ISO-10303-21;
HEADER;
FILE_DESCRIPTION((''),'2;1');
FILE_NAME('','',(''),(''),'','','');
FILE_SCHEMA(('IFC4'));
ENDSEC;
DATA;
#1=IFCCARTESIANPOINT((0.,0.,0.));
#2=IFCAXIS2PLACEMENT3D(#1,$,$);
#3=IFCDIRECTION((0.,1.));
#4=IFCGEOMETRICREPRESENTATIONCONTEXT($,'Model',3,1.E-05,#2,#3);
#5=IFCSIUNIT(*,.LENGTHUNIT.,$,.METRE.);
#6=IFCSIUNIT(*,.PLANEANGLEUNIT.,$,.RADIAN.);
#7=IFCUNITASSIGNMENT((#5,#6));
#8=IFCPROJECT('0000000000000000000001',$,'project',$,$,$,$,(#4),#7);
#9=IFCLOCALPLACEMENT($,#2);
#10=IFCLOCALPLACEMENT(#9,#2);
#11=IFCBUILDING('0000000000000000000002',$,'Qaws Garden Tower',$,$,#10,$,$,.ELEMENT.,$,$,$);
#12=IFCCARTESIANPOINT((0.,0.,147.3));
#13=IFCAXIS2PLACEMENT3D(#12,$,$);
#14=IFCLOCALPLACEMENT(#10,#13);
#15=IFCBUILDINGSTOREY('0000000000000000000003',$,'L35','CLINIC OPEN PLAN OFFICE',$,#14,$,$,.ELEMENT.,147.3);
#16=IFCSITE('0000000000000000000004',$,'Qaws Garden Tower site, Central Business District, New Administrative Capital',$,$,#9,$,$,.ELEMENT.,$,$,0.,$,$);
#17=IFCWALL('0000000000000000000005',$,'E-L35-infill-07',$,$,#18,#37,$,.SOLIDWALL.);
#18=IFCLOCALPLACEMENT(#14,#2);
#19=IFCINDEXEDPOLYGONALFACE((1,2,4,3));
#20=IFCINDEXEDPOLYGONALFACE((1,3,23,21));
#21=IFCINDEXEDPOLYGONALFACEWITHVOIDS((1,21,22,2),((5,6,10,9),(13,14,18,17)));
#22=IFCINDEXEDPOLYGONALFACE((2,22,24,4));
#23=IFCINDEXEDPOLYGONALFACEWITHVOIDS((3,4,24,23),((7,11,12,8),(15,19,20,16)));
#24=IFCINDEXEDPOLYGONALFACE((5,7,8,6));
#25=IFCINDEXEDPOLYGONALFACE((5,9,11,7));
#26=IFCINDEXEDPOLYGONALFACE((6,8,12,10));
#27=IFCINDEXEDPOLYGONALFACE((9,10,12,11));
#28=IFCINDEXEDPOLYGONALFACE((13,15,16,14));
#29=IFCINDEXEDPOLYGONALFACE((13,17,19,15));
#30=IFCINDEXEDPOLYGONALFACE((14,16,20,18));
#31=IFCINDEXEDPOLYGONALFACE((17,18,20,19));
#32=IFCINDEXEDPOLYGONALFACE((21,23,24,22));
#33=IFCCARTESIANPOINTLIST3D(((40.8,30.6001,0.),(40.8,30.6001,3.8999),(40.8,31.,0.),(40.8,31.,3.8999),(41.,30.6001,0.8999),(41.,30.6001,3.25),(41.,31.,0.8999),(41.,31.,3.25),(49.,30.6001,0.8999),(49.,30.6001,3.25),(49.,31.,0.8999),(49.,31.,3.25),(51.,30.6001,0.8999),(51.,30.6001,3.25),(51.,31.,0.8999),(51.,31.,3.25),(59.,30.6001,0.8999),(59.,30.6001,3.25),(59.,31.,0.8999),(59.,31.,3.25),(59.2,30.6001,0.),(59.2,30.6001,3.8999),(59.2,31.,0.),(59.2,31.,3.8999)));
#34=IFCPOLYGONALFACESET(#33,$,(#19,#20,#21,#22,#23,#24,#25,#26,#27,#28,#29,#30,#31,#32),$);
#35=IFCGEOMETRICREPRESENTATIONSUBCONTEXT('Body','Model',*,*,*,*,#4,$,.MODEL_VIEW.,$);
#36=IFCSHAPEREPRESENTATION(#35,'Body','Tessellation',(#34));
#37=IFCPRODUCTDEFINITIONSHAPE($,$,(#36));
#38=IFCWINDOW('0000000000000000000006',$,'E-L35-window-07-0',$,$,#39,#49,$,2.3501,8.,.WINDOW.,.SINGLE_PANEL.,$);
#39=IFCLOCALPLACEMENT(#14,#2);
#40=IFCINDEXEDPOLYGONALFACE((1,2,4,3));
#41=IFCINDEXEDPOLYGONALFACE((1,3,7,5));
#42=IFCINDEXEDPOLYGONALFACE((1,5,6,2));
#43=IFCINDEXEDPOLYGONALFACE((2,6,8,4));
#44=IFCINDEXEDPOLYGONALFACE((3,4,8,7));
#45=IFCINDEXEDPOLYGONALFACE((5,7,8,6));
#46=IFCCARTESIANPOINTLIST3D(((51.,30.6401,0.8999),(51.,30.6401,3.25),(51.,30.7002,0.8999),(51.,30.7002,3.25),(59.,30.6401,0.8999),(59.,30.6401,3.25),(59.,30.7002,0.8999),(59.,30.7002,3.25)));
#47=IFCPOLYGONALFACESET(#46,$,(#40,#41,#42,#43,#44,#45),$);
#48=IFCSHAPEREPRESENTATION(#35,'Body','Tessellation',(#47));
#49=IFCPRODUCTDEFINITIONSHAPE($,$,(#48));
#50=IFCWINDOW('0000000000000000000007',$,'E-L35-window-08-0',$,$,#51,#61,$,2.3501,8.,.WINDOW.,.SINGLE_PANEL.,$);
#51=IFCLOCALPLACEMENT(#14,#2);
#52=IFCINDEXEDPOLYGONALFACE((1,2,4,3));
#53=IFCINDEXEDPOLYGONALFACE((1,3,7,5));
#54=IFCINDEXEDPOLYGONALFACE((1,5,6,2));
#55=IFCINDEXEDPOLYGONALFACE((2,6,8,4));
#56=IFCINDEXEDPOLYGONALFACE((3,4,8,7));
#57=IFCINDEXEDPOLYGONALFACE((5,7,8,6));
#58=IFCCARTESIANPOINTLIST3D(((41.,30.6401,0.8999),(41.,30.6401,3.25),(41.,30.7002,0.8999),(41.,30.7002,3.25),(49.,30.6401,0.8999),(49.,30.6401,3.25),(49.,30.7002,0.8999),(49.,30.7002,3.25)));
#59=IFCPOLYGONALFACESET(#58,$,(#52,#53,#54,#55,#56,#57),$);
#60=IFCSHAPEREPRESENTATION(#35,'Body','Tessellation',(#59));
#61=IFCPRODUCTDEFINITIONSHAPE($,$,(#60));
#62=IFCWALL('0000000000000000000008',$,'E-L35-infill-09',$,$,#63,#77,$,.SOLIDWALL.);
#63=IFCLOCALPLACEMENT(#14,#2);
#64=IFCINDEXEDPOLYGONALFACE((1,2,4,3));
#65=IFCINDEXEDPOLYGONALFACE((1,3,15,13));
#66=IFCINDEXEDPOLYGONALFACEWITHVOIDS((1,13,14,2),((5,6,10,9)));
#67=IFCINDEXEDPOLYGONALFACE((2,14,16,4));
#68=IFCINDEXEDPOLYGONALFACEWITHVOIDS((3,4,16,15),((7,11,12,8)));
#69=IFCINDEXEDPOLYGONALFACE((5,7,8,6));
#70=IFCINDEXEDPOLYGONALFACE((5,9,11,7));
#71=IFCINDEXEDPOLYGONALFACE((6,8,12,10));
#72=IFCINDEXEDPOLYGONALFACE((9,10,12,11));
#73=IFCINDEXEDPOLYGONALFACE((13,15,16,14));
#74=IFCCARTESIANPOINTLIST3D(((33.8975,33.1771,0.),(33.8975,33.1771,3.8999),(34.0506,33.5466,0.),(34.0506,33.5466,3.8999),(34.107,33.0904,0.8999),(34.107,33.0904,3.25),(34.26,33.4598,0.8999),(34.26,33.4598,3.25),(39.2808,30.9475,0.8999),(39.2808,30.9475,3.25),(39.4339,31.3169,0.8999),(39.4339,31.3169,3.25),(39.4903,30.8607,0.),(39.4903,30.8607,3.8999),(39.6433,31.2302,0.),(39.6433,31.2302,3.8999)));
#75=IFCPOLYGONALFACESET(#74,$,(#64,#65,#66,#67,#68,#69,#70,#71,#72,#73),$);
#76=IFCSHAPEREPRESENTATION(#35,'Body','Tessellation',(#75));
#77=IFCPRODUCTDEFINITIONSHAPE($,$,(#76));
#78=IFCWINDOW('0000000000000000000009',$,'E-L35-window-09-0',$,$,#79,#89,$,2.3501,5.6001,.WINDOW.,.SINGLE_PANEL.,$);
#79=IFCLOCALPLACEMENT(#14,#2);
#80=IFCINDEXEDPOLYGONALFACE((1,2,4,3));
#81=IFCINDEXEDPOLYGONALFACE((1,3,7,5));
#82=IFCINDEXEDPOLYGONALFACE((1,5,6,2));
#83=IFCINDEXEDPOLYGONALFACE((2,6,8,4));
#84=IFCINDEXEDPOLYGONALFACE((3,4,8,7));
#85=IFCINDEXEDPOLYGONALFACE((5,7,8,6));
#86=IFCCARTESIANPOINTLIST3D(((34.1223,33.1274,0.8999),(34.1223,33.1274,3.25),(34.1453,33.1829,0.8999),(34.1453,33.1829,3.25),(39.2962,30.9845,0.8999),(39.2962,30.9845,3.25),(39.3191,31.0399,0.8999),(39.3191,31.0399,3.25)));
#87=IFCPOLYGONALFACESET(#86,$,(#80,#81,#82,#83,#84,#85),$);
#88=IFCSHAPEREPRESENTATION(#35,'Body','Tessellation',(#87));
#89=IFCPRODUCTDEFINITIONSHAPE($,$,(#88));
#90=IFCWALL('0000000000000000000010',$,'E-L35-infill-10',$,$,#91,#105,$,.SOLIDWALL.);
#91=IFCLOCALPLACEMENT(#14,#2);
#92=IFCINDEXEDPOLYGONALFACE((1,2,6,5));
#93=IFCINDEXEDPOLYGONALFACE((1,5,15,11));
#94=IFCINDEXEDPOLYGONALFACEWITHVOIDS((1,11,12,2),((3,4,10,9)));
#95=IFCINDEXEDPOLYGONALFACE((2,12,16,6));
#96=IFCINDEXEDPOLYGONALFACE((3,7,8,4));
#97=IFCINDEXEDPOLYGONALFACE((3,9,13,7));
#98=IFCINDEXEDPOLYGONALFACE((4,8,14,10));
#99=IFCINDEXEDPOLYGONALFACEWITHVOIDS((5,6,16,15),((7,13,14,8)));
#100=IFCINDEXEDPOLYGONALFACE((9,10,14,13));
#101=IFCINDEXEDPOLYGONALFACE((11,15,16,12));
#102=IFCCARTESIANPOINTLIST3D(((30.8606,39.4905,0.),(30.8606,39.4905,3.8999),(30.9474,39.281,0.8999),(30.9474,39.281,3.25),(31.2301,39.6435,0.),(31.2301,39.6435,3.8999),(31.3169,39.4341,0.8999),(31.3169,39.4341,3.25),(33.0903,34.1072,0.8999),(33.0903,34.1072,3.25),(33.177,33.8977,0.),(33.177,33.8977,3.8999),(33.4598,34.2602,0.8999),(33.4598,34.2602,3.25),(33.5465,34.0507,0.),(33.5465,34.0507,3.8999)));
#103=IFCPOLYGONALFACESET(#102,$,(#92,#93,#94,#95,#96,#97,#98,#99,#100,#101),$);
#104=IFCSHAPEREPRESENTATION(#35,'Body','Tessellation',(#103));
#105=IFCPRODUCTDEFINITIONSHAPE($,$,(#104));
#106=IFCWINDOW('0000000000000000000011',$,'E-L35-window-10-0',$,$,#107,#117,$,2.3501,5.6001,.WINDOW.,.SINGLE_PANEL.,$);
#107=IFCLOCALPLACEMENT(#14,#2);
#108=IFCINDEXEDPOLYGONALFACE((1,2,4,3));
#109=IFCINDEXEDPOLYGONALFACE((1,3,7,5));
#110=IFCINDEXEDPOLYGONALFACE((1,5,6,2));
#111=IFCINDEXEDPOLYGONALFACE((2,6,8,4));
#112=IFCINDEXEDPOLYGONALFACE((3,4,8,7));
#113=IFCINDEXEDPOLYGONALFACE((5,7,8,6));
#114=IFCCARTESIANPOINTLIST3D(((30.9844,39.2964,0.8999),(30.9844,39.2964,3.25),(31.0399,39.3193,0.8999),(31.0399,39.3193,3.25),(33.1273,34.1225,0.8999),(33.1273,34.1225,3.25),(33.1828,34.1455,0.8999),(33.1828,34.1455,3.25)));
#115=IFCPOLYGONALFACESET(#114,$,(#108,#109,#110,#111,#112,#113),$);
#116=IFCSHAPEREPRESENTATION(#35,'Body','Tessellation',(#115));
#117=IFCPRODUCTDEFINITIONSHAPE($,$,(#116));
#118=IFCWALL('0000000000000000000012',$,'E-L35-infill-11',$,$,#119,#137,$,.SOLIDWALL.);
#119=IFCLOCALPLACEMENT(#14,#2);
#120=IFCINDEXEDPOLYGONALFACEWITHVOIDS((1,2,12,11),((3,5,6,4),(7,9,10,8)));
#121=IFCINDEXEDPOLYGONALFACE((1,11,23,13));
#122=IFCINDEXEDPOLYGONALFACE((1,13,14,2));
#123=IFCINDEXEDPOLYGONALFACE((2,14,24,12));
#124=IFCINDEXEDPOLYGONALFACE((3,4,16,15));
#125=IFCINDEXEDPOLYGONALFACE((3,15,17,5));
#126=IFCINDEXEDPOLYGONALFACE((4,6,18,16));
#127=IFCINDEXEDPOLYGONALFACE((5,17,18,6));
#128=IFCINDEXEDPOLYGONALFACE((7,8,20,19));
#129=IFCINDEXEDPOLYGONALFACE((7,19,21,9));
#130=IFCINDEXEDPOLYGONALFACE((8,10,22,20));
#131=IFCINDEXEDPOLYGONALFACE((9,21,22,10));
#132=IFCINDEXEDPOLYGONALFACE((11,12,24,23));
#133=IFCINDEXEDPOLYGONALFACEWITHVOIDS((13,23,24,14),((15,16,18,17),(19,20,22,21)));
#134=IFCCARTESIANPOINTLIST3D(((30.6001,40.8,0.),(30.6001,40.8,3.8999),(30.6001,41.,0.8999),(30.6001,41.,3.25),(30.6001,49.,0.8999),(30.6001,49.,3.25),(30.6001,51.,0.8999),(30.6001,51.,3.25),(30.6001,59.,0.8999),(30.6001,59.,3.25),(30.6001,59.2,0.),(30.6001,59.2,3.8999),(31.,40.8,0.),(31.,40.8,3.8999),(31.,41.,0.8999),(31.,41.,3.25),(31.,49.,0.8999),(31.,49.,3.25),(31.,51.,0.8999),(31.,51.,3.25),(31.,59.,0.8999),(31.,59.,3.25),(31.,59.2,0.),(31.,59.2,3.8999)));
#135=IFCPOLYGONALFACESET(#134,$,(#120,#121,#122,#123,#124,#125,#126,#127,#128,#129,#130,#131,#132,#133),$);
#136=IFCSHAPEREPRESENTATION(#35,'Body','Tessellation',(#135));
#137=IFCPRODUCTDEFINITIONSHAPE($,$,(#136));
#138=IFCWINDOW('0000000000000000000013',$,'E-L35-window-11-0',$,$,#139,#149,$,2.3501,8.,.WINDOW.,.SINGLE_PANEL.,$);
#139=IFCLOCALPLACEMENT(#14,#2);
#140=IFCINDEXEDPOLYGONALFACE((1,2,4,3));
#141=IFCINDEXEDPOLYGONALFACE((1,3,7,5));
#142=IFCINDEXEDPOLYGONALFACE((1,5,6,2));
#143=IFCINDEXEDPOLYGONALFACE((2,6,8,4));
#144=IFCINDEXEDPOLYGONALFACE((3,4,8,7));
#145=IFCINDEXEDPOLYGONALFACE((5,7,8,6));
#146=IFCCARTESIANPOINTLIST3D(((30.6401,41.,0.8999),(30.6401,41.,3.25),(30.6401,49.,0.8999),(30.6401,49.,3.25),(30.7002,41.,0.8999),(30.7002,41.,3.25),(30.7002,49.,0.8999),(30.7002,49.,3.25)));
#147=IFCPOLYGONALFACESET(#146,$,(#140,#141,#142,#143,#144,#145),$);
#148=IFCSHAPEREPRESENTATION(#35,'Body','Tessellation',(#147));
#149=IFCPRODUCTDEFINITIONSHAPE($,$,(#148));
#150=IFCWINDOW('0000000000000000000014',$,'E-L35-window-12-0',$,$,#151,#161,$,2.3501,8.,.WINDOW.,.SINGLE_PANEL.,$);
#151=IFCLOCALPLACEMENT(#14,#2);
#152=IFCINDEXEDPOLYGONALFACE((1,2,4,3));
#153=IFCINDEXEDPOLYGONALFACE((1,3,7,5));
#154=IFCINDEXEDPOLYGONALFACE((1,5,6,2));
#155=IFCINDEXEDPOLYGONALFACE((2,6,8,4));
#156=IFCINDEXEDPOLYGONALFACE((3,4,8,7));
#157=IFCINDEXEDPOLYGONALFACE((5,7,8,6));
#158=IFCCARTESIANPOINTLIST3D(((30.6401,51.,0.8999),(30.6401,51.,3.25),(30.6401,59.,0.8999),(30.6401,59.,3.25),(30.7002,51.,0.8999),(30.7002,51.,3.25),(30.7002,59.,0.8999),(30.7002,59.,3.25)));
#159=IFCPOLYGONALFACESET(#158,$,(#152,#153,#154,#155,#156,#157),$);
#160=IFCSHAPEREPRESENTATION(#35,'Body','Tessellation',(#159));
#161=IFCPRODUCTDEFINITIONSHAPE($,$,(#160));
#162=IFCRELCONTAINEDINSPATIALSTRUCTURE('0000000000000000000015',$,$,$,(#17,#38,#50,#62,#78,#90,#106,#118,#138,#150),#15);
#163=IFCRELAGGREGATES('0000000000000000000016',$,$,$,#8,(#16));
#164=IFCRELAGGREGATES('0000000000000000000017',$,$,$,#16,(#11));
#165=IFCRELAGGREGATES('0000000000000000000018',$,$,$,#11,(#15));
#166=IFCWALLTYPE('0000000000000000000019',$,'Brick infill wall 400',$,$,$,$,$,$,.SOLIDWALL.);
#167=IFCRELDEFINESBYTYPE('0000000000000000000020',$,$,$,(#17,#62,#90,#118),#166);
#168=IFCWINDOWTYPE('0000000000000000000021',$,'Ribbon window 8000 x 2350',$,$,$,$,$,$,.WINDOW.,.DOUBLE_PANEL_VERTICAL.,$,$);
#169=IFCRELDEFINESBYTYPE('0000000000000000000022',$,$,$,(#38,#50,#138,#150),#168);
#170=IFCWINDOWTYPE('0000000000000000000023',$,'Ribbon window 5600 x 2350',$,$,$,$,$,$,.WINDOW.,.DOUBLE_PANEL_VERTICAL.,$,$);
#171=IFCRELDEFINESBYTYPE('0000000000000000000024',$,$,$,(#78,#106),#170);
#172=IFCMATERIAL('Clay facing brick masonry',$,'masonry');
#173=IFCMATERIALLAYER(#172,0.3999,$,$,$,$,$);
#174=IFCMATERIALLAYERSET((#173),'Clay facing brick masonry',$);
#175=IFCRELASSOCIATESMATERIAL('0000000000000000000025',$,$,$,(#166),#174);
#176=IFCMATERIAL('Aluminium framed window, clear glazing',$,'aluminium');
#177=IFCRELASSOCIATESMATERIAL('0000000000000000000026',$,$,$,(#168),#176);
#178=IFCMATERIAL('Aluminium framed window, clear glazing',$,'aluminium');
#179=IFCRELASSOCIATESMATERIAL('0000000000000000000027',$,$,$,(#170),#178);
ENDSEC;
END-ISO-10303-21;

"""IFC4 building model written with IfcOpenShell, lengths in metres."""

from ifc_helpers import new_model, si_unit, direction, frame, frame_2d, origin, place, context, subcontext, project, spatial, rectangle, extrude, material, layer, layer_set, type_object, element, fill, save


model = new_model("IFC4")

# Units and contexts
model_context = context("Model", 3, precision=1e-05, world=origin(), true_north=direction((0.0, 1.0)))
body_context = subcontext(model_context, "Body", "Model", "MODEL_VIEW")
ifc_project = project(units=[si_unit("LENGTHUNIT", "METRE"), si_unit("PLANEANGLEUNIT", "RADIAN")], contexts=[model_context])

# Site, building, storey
site_placement = place(None, origin())
site = spatial("IfcSite", under=ifc_project, at=site_placement, Name="Qaws Garden Tower site, Central Business District, New Administrative Capital", CompositionType="ELEMENT", RefElevation=0.0)
building_placement = place(site_placement, origin())
building = spatial("IfcBuilding", under=site, at=building_placement, Name="Qaws Garden Tower", CompositionType="ELEMENT")
storey_placement = place(building_placement, frame((0.0, 0.0, 147.3)))
storey = spatial("IfcBuildingStorey", under=building, at=storey_placement, Name="L35", Description="CLINIC OPEN PLAN OFFICE", CompositionType="ELEMENT", Elevation=147.3)

# Wall, openings, windows
ifc_material_1 = material(Name="Clay facing brick masonry", Category="masonry")
ifc_layer_1 = layer(ifc_material_1, 0.3999)
ifc_layer_set_1 = layer_set([ifc_layer_1], Name="Clay facing brick masonry")
wall_type_1 = type_object("IfcWallType", Name="Brick infill wall 400", PredefinedType="SOLIDWALL", material=ifc_layer_set_1)
wall_1_placement = place(storey_placement, frame((59.2, 30.8, 0.0), z_axis=(0.0, 0.0, 1.0), x_axis=(-1.0, 0.0, 0.0)))
wall_1 = element("IfcWall", 1, at=wall_1_placement, inside=storey, type_object=wall_type_1, Name="E-L35-infill-07", PredefinedType="SOLIDWALL", context=body_context, shape_type="SweptSolid", body=[
    extrude(rectangle(XDim=18.3999, YDim=0.3999, at=frame_2d((9.2, 0.0))), origin(), (0.0, 0.0, 1.0), 3.8999),
])
opening_1_placement = place(wall_1_placement, frame((0.2, 0.0, 0.8999)))
opening_1 = element("IfcOpeningElement", 2, at=opening_1_placement, cuts=wall_1, PredefinedType="OPENING", context=body_context, shape_type="SweptSolid", body=[
    extrude(rectangle(XDim=8.0, YDim=2.3501, at=frame_2d((4.0, 1.175))), frame((0.0, 0.21, 0.0), z_axis=(0.0, -1.0, 0.0), x_axis=(1.0, 0.0, 0.0)), (0.0, 0.0, 1.0), 0.4199),
])
opening_2_placement = place(wall_1_placement, frame((10.2, 0.0, 0.8999)))
opening_2 = element("IfcOpeningElement", 3, at=opening_2_placement, cuts=wall_1, PredefinedType="OPENING", context=body_context, shape_type="SweptSolid", body=[
    extrude(rectangle(XDim=8.0, YDim=2.3501, at=frame_2d((4.0, 1.175))), frame((0.0, 0.21, 0.0), z_axis=(0.0, -1.0, 0.0), x_axis=(1.0, 0.0, 0.0)), (0.0, 0.0, 1.0), 0.4199),
])
ifc_material_2 = material(Name="Aluminium framed window, clear glazing", Category="aluminium")
window_type_1 = type_object("IfcWindowType", Name="Ribbon window 8000 x 2350", PartitioningType="DOUBLE_PANEL_VERTICAL", PredefinedType="WINDOW", material=ifc_material_2)
window_1_placement = place(opening_1_placement, origin())
window_1 = element("IfcWindow", 4, at=window_1_placement, inside=storey, type_object=window_type_1, Name="E-L35-window-07-0", OverallHeight=2.3501, OverallWidth=8.0, PartitioningType="SINGLE_PANEL", PredefinedType="WINDOW", context=body_context, shape_type="SweptSolid", body=[
    extrude(rectangle(XDim=8.0, YDim=2.3501, at=frame_2d((4.0, 1.175))), frame((0.0, 0.1599, 0.0), z_axis=(0.0, -1.0, 0.0), x_axis=(1.0, 0.0, 0.0)), (0.0, 0.0, 1.0), 0.0601),
])
fill(opening_1, window_1)
window_2_placement = place(opening_2_placement, origin())
window_2 = element("IfcWindow", 5, at=window_2_placement, inside=storey, type_object=window_type_1, Name="E-L35-window-08-0", OverallHeight=2.3501, OverallWidth=8.0, PartitioningType="SINGLE_PANEL", PredefinedType="WINDOW", context=body_context, shape_type="SweptSolid", body=[
    extrude(rectangle(XDim=8.0, YDim=2.3501, at=frame_2d((4.0, 1.175))), frame((0.0, 0.1599, 0.0), z_axis=(0.0, -1.0, 0.0), x_axis=(1.0, 0.0, 0.0)), (0.0, 0.0, 1.0), 0.0601),
])
fill(opening_2, window_2)

# Walls, openings, windows
wall_2_placement = place(storey_placement, frame((39.5669, 31.0454, 0.0), z_axis=(0.0, 0.0, 1.0), x_axis=(-0.923891, 0.382656, 0.0)))
wall_2 = element("IfcWall", 6, at=wall_2_placement, inside=storey, type_object=wall_type_1, Name="E-L35-infill-09", PredefinedType="SOLIDWALL", context=body_context, shape_type="SweptSolid", body=[
    extrude(rectangle(XDim=6.0535, YDim=0.3999, at=frame_2d((3.0269, 0.0))), origin(), (0.0, 0.0, 1.0), 3.8999),
])
opening_3_placement = place(wall_2_placement, frame((0.2268, 0.0, 0.8999)))
opening_3 = element("IfcOpeningElement", 7, at=opening_3_placement, cuts=wall_2, PredefinedType="OPENING", context=body_context, shape_type="SweptSolid", body=[
    extrude(rectangle(XDim=5.6001, YDim=2.3501, at=frame_2d((2.8, 1.175))), frame((0.0, 0.21, 0.0), z_axis=(0.0, -1.0, 0.0), x_axis=(1.0, 0.0, 0.0)), (0.0, 0.0, 1.0), 0.4199),
])
ifc_material_3 = material(Name="Aluminium framed window, clear glazing", Category="aluminium")
window_type_2 = type_object("IfcWindowType", Name="Ribbon window 5600 x 2350", PartitioningType="DOUBLE_PANEL_VERTICAL", PredefinedType="WINDOW", material=ifc_material_3)
window_3_placement = place(opening_3_placement, origin())
window_3 = element("IfcWindow", 8, at=window_3_placement, inside=storey, type_object=window_type_2, Name="E-L35-window-09-0", OverallHeight=2.3501, OverallWidth=5.6001, PartitioningType="SINGLE_PANEL", PredefinedType="WINDOW", context=body_context, shape_type="SweptSolid", body=[
    extrude(rectangle(XDim=5.6001, YDim=2.3501, at=frame_2d((2.8, 1.175))), frame((0.0, 0.1599, 0.0), z_axis=(0.0, -1.0, 0.0), x_axis=(1.0, 0.0, 0.0)), (0.0, 0.0, 1.0), 0.0601),
])
fill(opening_3, window_3)
wall_3_placement = place(storey_placement, frame((33.3618, 33.9741, 0.0), z_axis=(0.0, 0.0, 1.0), x_axis=(-0.382656, 0.923891, 0.0)))
wall_3 = element("IfcWall", 9, at=wall_3_placement, inside=storey, type_object=wall_type_1, Name="E-L35-infill-10", PredefinedType="SOLIDWALL", context=body_context, shape_type="SweptSolid", body=[
    extrude(rectangle(XDim=6.0535, YDim=0.3999, at=frame_2d((3.0269, 0.0))), origin(), (0.0, 0.0, 1.0), 3.8999),
])
opening_4_placement = place(wall_3_placement, frame((0.2268, 0.0, 0.8999)))
opening_4 = element("IfcOpeningElement", 10, at=opening_4_placement, cuts=wall_3, PredefinedType="OPENING", context=body_context, shape_type="SweptSolid", body=[
    extrude(rectangle(XDim=5.6001, YDim=2.3501, at=frame_2d((2.8, 1.175))), frame((0.0, 0.21, 0.0), z_axis=(0.0, -1.0, 0.0), x_axis=(1.0, 0.0, 0.0)), (0.0, 0.0, 1.0), 0.4199),
])
window_4_placement = place(opening_4_placement, origin())
window_4 = element("IfcWindow", 11, at=window_4_placement, inside=storey, type_object=window_type_2, Name="E-L35-window-10-0", OverallHeight=2.3501, OverallWidth=5.6001, PartitioningType="SINGLE_PANEL", PredefinedType="WINDOW", context=body_context, shape_type="SweptSolid", body=[
    extrude(rectangle(XDim=5.6001, YDim=2.3501, at=frame_2d((2.8, 1.175))), frame((0.0, 0.1599, 0.0), z_axis=(0.0, -1.0, 0.0), x_axis=(1.0, 0.0, 0.0)), (0.0, 0.0, 1.0), 0.0601),
])
fill(opening_4, window_4)

# Wall, openings, windows
wall_4_placement = place(storey_placement, frame((30.8, 40.8, 0.0), z_axis=(0.0, 0.0, 1.0), x_axis=(0.0, 1.0, 0.0)))
wall_4 = element("IfcWall", 12, at=wall_4_placement, inside=storey, type_object=wall_type_1, Name="E-L35-infill-11", PredefinedType="SOLIDWALL", context=body_context, shape_type="SweptSolid", body=[
    extrude(rectangle(XDim=18.3999, YDim=0.3999, at=frame_2d((9.2, 0.0))), origin(), (0.0, 0.0, 1.0), 3.8999),
])
opening_5_placement = place(wall_4_placement, frame((0.2, 0.0, 0.8999)))
opening_5 = element("IfcOpeningElement", 13, at=opening_5_placement, cuts=wall_4, PredefinedType="OPENING", context=body_context, shape_type="SweptSolid", body=[
    extrude(rectangle(XDim=8.0, YDim=2.3501, at=frame_2d((4.0, 1.175))), frame((0.0, 0.21, 0.0), z_axis=(0.0, -1.0, 0.0), x_axis=(1.0, 0.0, 0.0)), (0.0, 0.0, 1.0), 0.4199),
])
opening_6_placement = place(wall_4_placement, frame((10.2, 0.0, 0.8999)))
opening_6 = element("IfcOpeningElement", 14, at=opening_6_placement, cuts=wall_4, PredefinedType="OPENING", context=body_context, shape_type="SweptSolid", body=[
    extrude(rectangle(XDim=8.0, YDim=2.3501, at=frame_2d((4.0, 1.175))), frame((0.0, 0.21, 0.0), z_axis=(0.0, -1.0, 0.0), x_axis=(1.0, 0.0, 0.0)), (0.0, 0.0, 1.0), 0.4199),
])
window_5_placement = place(opening_5_placement, origin())
window_5 = element("IfcWindow", 15, at=window_5_placement, inside=storey, type_object=window_type_1, Name="E-L35-window-11-0", OverallHeight=2.3501, OverallWidth=8.0, PartitioningType="SINGLE_PANEL", PredefinedType="WINDOW", context=body_context, shape_type="SweptSolid", body=[
    extrude(rectangle(XDim=8.0, YDim=2.3501, at=frame_2d((4.0, 1.175))), frame((0.0, 0.1599, 0.0), z_axis=(0.0, -1.0, 0.0), x_axis=(1.0, 0.0, 0.0)), (0.0, 0.0, 1.0), 0.0601),
])
fill(opening_5, window_5)
window_6_placement = place(opening_6_placement, origin())
window_6 = element("IfcWindow", 16, at=window_6_placement, inside=storey, type_object=window_type_1, Name="E-L35-window-12-0", OverallHeight=2.3501, OverallWidth=8.0, PartitioningType="SINGLE_PANEL", PredefinedType="WINDOW", context=body_context, shape_type="SweptSolid", body=[
    extrude(rectangle(XDim=8.0, YDim=2.3501, at=frame_2d((4.0, 1.175))), frame((0.0, 0.1599, 0.0), z_axis=(0.0, -1.0, 0.0), x_axis=(1.0, 0.0, 0.0)), (0.0, 0.0, 1.0), 0.0601),
])
fill(opening_6, window_6)

save(model, "model.ifc")
